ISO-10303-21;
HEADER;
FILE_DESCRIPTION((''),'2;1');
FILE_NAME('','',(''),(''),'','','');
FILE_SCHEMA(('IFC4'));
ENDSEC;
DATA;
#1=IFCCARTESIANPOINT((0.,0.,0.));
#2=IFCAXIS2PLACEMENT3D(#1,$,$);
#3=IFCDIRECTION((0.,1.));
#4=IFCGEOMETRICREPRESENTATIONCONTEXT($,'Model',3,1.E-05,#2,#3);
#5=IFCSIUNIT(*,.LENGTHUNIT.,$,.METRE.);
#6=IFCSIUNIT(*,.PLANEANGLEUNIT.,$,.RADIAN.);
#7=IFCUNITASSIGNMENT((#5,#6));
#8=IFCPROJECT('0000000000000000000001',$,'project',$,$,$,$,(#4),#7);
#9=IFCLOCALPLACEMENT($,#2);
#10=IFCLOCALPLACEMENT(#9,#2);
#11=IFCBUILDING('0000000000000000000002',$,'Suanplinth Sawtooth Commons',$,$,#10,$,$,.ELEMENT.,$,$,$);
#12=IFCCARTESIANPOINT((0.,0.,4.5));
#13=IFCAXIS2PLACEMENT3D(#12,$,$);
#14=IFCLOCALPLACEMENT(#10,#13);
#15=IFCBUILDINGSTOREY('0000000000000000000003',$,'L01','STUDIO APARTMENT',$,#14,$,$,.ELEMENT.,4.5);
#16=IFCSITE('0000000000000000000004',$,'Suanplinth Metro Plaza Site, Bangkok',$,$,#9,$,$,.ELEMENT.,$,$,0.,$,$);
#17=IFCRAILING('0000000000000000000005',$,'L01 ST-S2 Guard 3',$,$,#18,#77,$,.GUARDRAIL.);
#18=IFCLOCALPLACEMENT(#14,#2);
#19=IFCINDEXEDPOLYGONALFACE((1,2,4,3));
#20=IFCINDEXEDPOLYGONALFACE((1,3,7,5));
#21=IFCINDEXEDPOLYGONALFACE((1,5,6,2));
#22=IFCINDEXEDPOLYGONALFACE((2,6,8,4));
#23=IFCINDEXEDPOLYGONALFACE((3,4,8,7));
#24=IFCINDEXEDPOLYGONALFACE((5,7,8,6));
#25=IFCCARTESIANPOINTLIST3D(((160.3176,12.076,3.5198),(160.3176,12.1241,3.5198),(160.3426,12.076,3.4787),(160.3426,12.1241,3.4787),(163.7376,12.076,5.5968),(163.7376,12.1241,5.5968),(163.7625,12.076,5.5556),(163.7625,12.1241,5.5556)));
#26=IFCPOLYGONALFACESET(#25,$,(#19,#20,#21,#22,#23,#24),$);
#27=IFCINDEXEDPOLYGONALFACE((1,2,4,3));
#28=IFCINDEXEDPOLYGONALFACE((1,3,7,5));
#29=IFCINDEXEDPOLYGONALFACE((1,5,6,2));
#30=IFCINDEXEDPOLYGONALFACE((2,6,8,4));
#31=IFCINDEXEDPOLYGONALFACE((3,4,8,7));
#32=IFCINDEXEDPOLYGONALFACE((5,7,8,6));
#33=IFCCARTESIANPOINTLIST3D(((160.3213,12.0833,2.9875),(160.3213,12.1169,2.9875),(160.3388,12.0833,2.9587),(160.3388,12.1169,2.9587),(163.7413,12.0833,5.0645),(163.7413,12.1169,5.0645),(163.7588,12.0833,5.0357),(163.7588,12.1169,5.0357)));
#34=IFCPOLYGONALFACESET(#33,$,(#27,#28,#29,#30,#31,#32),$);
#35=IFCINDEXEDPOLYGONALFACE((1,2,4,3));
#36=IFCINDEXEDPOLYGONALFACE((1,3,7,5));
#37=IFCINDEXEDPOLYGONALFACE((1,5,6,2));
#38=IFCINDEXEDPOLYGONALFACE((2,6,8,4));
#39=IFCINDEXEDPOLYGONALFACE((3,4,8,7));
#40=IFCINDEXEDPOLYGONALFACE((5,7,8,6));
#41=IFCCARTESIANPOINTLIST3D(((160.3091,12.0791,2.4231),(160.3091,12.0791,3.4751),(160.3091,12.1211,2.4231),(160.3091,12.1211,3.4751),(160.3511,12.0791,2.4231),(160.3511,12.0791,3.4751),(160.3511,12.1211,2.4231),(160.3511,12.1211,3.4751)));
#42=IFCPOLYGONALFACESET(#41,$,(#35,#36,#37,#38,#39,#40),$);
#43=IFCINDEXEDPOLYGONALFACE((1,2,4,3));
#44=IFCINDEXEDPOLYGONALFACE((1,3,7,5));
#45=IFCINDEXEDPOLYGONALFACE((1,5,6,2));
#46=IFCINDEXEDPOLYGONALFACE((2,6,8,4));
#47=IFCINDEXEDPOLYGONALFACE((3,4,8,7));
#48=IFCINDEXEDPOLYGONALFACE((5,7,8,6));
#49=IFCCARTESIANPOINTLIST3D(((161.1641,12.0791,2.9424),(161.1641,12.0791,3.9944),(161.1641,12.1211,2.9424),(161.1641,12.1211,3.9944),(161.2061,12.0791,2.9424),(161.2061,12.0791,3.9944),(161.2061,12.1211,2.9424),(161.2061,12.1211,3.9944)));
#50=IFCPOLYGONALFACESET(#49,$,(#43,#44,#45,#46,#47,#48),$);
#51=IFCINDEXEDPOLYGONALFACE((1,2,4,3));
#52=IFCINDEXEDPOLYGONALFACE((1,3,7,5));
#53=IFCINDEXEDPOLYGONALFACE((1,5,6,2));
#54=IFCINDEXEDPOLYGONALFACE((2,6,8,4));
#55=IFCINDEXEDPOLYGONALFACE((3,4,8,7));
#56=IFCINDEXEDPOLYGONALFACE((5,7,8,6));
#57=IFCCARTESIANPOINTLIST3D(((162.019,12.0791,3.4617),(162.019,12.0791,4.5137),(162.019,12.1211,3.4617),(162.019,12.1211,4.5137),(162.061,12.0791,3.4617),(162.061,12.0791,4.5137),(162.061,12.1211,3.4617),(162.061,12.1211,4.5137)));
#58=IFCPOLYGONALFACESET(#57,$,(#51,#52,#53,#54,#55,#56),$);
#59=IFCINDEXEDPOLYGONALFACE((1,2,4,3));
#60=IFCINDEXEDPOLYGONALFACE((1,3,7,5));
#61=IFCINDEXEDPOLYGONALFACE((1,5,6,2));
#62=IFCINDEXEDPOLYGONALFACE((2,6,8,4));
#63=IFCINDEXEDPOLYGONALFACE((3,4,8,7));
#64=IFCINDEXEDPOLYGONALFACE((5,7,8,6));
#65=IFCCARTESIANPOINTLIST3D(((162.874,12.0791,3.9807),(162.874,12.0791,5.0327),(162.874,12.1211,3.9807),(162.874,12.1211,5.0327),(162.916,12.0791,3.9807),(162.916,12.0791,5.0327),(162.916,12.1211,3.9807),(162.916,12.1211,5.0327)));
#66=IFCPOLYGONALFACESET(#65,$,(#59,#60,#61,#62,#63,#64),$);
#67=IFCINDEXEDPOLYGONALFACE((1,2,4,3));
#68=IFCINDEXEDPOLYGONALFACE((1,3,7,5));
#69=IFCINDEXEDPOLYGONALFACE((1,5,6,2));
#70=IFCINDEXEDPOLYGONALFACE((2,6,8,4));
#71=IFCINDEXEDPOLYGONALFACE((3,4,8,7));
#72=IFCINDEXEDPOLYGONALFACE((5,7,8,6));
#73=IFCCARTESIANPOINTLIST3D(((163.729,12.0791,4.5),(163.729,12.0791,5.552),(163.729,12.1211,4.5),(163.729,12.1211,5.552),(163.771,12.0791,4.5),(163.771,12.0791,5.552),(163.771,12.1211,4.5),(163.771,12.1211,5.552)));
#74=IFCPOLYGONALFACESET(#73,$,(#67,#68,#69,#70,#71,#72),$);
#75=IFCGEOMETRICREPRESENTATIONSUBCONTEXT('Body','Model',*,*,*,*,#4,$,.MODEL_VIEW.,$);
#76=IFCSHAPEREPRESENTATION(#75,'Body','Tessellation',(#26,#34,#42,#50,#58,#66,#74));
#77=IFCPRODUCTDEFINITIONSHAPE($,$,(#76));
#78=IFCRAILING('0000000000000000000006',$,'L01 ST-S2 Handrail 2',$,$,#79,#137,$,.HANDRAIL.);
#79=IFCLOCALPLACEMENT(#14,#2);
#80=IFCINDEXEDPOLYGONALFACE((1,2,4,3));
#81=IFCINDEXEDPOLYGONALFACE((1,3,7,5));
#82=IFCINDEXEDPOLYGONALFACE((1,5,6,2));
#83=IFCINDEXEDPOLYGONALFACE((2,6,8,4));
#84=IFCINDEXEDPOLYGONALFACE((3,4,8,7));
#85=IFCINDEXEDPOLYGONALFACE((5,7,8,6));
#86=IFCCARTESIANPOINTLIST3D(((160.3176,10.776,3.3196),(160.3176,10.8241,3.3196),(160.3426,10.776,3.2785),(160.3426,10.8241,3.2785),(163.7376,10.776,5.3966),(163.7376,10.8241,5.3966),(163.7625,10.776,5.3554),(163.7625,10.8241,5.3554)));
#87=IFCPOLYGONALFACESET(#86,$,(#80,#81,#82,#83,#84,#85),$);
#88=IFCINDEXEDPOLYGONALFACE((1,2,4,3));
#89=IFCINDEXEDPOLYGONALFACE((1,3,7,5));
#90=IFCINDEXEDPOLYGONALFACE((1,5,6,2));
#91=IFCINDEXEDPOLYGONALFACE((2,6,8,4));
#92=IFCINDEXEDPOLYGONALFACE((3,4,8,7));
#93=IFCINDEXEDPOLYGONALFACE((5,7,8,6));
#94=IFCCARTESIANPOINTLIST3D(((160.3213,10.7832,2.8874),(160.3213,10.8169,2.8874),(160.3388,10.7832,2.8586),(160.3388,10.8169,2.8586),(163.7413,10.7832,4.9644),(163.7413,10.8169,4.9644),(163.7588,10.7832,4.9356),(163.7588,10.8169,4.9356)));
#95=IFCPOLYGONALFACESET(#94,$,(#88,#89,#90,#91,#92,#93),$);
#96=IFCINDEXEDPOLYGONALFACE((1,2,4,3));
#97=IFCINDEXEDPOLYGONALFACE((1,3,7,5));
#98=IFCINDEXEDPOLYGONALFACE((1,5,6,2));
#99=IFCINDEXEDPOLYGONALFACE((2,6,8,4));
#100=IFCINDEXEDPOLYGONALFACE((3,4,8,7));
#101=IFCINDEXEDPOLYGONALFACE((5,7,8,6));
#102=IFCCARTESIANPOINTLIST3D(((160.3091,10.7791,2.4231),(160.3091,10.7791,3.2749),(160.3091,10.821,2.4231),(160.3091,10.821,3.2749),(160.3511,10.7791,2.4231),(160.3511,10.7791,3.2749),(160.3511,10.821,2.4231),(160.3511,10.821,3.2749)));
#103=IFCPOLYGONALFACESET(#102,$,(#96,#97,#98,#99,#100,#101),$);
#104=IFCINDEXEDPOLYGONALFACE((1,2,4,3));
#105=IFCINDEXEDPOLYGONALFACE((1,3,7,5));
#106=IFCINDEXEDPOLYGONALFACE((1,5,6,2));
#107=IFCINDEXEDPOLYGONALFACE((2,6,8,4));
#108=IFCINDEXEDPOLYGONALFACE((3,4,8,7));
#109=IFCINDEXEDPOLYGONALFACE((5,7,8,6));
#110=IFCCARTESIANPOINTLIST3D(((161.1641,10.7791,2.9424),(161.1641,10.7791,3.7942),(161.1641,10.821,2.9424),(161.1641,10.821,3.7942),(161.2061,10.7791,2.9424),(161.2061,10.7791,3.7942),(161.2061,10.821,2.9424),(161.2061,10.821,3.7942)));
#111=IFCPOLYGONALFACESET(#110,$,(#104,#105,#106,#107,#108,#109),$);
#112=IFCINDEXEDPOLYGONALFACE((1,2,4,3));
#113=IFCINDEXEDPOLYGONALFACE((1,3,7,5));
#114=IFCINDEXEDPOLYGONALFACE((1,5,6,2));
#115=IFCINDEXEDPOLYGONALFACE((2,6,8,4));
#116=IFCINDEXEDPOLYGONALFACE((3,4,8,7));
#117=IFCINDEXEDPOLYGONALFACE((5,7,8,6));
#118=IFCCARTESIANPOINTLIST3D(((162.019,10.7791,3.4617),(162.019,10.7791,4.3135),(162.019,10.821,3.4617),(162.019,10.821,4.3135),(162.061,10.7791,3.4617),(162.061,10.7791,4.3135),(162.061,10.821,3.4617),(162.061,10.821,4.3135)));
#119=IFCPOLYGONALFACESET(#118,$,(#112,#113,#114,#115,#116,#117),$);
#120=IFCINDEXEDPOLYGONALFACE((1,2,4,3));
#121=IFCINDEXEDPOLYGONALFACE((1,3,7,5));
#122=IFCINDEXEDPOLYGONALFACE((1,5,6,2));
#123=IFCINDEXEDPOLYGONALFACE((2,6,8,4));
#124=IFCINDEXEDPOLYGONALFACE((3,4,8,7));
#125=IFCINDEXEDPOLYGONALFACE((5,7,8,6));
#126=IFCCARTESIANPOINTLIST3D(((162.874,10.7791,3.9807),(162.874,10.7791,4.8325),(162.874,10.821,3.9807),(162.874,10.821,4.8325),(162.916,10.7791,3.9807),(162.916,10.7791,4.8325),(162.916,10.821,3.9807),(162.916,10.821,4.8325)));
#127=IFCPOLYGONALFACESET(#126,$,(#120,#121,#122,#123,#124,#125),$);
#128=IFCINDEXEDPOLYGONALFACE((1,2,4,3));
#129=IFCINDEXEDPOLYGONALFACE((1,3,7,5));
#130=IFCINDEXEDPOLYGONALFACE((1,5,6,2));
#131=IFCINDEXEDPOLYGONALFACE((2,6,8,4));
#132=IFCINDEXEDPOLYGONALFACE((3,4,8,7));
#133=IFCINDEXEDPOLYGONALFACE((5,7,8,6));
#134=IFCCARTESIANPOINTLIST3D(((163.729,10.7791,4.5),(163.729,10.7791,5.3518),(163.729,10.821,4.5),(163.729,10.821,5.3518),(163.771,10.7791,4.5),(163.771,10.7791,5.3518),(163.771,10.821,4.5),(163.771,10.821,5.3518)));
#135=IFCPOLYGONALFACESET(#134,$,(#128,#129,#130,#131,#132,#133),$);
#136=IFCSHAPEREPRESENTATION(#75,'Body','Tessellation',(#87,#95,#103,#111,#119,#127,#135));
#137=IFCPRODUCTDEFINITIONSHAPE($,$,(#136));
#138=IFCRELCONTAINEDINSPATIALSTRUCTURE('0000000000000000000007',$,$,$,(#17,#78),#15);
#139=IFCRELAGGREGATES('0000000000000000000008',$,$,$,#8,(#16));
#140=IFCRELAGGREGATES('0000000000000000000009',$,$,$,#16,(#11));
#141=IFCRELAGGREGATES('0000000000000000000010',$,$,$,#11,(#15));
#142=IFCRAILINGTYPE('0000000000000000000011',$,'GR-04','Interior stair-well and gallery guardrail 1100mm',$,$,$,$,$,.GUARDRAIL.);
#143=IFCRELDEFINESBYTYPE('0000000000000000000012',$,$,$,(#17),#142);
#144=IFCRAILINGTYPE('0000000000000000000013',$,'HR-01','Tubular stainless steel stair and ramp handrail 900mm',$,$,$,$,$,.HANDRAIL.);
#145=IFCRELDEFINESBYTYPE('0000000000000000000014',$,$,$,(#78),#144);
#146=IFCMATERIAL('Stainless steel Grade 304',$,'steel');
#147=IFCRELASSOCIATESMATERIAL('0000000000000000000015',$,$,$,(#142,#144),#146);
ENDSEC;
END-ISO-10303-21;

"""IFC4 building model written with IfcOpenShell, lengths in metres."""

from ifc_helpers import new_model, si_unit, direction, frame, origin, origin_2d, place, context, subcontext, project, spatial, rectangle, extrude, material, type_object, element, save


model = new_model("IFC4")

# Units and contexts
model_context = context("Model", 3, precision=1e-05, world=origin(), true_north=direction((0.0, 1.0)))
body_context = subcontext(model_context, "Body", "Model", "MODEL_VIEW")
ifc_project = project(units=[si_unit("LENGTHUNIT", "METRE"), si_unit("PLANEANGLEUNIT", "RADIAN")], contexts=[model_context])

# Site, building, storey
site_placement = place(None, origin())
site = spatial("IfcSite", under=ifc_project, at=site_placement, Name="Suanplinth Metro Plaza Site, Bangkok", CompositionType="ELEMENT", RefElevation=0.0)
building_placement = place(site_placement, origin())
building = spatial("IfcBuilding", under=site, at=building_placement, Name="Suanplinth Sawtooth Commons", CompositionType="ELEMENT")
storey_placement = place(building_placement, frame((0.0, 0.0, 4.5)))
storey = spatial("IfcBuildingStorey", under=building, at=storey_placement, Name="L01", Description="STUDIO APARTMENT", CompositionType="ELEMENT", Elevation=4.5)

# Railings
ifc_material_1 = material(Name="Stainless steel Grade 304", Category="steel")
railing_type_1 = type_object("IfcRailingType", Name="GR-04", Description="Interior stair-well and gallery guardrail 1100mm", PredefinedType="GUARDRAIL", material=ifc_material_1)
railing_1_placement = place(storey_placement, frame((160.3301, 12.1001, 2.4231)))
element("IfcRailing", 1, at=railing_1_placement, inside=storey, type_object=railing_type_1, Name="L01 ST-S2 Guard 3", PredefinedType="GUARDRAIL", context=body_context, shape_type="SweptSolid", body=[
    extrude(rectangle(XDim=0.0481, YDim=0.0481, at=origin_2d()), frame((0.0, 0.0, 1.0762), z_axis=(0.85473, 0.0, 0.519074), x_axis=(0.0, 1.0, 0.0)), (0.0, 0.0, 1.0), 4.0012),
    extrude(rectangle(XDim=0.0337, YDim=0.0337, at=origin_2d()), frame((0.0, 0.0, 0.55), z_axis=(0.85473, 0.0, 0.519074), x_axis=(0.0, 1.0, 0.0)), (0.0, 0.0, 1.0), 4.0012),
    extrude(rectangle(XDim=0.042, YDim=0.042, at=origin_2d()), origin(), (0.0, 0.0, 1.0), 1.052),
    extrude(rectangle(XDim=0.042, YDim=0.042, at=origin_2d()), frame((0.855, 0.0, 0.5193)), (0.0, 0.0, 1.0), 1.052),
    extrude(rectangle(XDim=0.042, YDim=0.042, at=origin_2d()), frame((1.71, 0.0, 1.0386)), (0.0, 0.0, 1.0), 1.052),
    extrude(rectangle(XDim=0.042, YDim=0.042, at=origin_2d()), frame((2.5649, 0.0, 1.5576)), (0.0, 0.0, 1.0), 1.052),
    extrude(rectangle(XDim=0.042, YDim=0.042, at=origin_2d()), frame((3.4199, 0.0, 2.0769)), (0.0, 0.0, 1.0), 1.052),
])
railing_type_2 = type_object("IfcRailingType", Name="HR-01", Description="Tubular stainless steel stair and ramp handrail 900mm", PredefinedType="HANDRAIL", material=ifc_material_1)
railing_2_placement = place(storey_placement, frame((160.3301, 10.8, 2.4231)))
element("IfcRailing", 2, at=railing_2_placement, inside=storey, type_object=railing_type_2, Name="L01 ST-S2 Handrail 2", PredefinedType="HANDRAIL", context=body_context, shape_type="SweptSolid", body=[
    extrude(rectangle(XDim=0.0481, YDim=0.0481, at=origin_2d()), frame((0.0, 0.0, 0.876), z_axis=(0.85473, 0.0, 0.519074), x_axis=(0.0, 1.0, 0.0)), (0.0, 0.0, 1.0), 4.0012),
    extrude(rectangle(XDim=0.0337, YDim=0.0337, at=origin_2d()), frame((0.0, 0.0, 0.45), z_axis=(0.85473, 0.0, 0.519074), x_axis=(0.0, 1.0, 0.0)), (0.0, 0.0, 1.0), 4.0012),
    extrude(rectangle(XDim=0.042, YDim=0.042, at=origin_2d()), origin(), (0.0, 0.0, 1.0), 0.8518),
    extrude(rectangle(XDim=0.042, YDim=0.042, at=origin_2d()), frame((0.855, 0.0, 0.5193)), (0.0, 0.0, 1.0), 0.8518),
    extrude(rectangle(XDim=0.042, YDim=0.042, at=origin_2d()), frame((1.71, 0.0, 1.0386)), (0.0, 0.0, 1.0), 0.8518),
    extrude(rectangle(XDim=0.042, YDim=0.042, at=origin_2d()), frame((2.5649, 0.0, 1.5576)), (0.0, 0.0, 1.0), 0.8518),
    extrude(rectangle(XDim=0.042, YDim=0.042, at=origin_2d()), frame((3.4199, 0.0, 2.0769)), (0.0, 0.0, 1.0), 0.8518),
])

save(model, "model.ifc")
